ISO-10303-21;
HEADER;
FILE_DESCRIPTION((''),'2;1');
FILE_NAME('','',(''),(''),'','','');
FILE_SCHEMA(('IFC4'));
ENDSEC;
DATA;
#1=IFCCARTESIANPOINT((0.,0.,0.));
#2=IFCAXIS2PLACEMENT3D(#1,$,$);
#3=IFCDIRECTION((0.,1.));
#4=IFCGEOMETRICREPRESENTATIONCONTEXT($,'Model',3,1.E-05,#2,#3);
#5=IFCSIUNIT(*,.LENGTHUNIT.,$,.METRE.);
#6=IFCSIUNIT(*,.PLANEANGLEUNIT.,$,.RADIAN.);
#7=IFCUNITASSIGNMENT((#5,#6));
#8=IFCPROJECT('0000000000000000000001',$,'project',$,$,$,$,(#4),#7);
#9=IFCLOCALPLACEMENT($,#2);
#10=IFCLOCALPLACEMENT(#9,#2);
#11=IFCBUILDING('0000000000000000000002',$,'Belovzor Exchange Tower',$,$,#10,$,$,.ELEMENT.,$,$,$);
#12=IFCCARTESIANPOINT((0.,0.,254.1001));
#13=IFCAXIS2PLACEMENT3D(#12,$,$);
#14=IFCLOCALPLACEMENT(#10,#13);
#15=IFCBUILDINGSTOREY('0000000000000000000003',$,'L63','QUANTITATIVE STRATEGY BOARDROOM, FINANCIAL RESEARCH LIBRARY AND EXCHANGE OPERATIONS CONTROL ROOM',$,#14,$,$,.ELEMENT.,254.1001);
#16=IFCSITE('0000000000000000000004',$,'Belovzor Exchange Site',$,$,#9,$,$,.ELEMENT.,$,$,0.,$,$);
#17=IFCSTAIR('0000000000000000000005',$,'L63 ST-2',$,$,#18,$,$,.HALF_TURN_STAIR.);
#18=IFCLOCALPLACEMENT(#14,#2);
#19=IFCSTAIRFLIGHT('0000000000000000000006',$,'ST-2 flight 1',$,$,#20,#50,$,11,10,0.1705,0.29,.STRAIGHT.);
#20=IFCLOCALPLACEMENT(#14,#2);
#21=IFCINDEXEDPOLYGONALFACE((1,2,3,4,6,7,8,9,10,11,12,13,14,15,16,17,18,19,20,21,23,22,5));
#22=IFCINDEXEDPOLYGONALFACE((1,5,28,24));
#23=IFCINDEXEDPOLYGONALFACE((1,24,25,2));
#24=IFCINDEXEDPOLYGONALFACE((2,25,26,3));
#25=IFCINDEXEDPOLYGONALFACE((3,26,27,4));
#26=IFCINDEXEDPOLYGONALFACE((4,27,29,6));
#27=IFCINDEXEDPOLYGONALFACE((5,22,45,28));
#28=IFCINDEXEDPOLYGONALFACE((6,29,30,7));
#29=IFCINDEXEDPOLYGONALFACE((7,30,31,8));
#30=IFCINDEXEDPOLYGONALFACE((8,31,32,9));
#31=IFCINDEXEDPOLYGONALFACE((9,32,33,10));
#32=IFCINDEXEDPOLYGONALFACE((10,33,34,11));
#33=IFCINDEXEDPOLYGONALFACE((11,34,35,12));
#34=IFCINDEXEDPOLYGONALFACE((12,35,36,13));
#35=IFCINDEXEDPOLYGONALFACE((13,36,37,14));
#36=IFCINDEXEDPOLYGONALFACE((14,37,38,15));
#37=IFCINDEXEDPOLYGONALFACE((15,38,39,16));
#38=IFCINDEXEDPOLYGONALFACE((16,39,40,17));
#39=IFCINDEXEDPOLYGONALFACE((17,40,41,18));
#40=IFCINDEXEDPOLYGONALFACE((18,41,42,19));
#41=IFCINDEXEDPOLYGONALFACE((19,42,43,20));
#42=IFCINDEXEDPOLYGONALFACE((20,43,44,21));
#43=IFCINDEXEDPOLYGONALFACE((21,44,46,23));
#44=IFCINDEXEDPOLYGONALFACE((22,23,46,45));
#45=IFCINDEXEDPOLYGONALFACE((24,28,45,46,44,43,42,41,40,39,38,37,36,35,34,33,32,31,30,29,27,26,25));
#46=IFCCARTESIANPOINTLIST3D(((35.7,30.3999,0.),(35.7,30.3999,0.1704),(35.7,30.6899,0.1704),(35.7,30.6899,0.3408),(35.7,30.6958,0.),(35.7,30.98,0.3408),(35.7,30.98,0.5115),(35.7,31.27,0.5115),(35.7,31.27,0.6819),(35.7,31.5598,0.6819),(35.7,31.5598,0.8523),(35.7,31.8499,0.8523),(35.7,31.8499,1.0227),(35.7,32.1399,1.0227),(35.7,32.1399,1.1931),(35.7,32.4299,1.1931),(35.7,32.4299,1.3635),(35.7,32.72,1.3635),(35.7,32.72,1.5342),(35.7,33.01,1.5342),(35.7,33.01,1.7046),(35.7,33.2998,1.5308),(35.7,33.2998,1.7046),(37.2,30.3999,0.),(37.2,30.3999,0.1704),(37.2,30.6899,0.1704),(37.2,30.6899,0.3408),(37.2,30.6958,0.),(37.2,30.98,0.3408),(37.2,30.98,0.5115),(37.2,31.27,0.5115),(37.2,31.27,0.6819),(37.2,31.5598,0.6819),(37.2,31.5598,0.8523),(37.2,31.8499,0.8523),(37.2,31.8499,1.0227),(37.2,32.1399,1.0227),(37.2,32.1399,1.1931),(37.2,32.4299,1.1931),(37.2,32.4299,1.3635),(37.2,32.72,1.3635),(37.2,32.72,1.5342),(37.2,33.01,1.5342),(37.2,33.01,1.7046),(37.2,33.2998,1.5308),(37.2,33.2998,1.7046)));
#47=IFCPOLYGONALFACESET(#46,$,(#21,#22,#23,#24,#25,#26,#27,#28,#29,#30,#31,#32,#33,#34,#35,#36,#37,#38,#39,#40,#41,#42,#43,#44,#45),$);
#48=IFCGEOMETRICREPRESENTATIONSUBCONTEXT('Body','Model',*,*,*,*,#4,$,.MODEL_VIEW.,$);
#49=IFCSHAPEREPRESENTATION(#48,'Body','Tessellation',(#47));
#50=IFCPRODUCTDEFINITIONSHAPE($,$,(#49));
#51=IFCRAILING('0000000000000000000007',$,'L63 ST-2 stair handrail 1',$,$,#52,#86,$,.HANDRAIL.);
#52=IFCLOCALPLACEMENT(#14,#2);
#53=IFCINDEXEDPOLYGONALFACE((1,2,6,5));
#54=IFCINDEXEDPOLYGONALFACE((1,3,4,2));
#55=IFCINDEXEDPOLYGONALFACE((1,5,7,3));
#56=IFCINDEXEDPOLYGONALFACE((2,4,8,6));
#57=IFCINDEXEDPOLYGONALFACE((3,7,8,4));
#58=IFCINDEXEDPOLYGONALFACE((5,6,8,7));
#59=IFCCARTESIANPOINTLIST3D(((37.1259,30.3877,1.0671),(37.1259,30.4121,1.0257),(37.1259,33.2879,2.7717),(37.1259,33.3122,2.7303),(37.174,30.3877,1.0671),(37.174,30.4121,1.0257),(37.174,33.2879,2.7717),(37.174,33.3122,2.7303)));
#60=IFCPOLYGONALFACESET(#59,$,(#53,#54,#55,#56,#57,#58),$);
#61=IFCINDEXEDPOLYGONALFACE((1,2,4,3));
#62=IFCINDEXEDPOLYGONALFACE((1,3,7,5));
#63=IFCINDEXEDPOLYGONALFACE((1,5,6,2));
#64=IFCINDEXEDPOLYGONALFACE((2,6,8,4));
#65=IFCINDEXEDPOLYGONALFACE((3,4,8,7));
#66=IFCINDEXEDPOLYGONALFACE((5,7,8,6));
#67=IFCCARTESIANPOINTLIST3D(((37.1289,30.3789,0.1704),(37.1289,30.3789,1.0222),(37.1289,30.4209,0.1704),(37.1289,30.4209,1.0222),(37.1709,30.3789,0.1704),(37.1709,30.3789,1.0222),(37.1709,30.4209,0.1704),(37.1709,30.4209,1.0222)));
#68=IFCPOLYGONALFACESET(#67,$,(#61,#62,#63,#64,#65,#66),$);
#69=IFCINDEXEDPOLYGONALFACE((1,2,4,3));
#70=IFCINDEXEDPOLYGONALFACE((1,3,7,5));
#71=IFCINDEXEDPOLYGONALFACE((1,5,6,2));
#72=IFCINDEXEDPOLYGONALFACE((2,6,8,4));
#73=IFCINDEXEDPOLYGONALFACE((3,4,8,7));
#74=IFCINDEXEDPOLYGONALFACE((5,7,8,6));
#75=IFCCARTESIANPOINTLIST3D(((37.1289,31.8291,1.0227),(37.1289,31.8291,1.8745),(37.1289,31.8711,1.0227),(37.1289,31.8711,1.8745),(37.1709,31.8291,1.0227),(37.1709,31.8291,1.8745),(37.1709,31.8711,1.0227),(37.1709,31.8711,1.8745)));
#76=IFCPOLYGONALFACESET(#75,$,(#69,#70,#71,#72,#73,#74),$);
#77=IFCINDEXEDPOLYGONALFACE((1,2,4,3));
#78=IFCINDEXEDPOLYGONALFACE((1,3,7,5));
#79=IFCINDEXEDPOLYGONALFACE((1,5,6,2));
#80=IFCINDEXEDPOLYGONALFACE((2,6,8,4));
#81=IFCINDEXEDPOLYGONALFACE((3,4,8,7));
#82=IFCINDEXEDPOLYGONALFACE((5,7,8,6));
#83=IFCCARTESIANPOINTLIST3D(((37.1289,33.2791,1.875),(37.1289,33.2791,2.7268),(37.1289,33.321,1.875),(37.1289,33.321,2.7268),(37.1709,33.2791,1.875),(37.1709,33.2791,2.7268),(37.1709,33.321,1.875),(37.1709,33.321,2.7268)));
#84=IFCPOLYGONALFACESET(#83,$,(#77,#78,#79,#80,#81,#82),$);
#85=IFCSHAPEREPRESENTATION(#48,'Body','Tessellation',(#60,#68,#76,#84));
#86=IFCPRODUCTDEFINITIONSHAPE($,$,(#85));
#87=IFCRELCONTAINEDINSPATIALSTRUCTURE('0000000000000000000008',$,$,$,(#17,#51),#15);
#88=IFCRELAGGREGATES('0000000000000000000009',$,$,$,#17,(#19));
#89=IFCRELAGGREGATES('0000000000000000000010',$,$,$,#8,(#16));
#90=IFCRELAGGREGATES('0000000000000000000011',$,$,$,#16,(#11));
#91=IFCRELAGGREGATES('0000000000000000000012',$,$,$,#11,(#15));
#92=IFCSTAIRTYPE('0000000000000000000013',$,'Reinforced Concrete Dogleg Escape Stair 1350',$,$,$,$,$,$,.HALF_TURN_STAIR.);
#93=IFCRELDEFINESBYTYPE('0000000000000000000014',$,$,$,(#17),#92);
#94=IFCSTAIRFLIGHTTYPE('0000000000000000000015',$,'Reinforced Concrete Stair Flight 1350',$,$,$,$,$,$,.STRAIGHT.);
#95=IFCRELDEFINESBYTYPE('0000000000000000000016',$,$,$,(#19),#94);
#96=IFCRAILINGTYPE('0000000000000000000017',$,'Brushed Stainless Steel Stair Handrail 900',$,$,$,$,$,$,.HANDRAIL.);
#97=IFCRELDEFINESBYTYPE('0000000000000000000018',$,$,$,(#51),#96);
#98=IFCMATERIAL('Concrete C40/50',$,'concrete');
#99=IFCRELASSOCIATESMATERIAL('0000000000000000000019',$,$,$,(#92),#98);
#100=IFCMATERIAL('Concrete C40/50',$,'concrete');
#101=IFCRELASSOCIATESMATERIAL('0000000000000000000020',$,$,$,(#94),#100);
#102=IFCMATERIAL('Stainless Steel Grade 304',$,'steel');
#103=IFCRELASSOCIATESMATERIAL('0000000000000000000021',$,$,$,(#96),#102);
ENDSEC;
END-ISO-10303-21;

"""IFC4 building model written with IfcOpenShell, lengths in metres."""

from ifc_helpers import new_model, si_unit, direction, frame, origin, origin_2d, place, context, subcontext, project, spatial, polyline, rectangle, outline, extrude, material, type_object, element, aggregate, save


model = new_model("IFC4")

# Units and contexts
model_context = context("Model", 3, precision=1e-05, world=origin(), true_north=direction((0.0, 1.0)))
body_context = subcontext(model_context, "Body", "Model", "MODEL_VIEW")
ifc_project = project(units=[si_unit("LENGTHUNIT", "METRE"), si_unit("PLANEANGLEUNIT", "RADIAN")], contexts=[model_context])

# Site, building, storey
site_placement = place(None, origin())
site = spatial("IfcSite", under=ifc_project, at=site_placement, Name="Belovzor Exchange Site", CompositionType="ELEMENT", RefElevation=0.0)
building_placement = place(site_placement, origin())
building = spatial("IfcBuilding", under=site, at=building_placement, Name="Belovzor Exchange Tower", CompositionType="ELEMENT")
storey_placement = place(building_placement, frame((0.0, 0.0, 254.1001)))
storey = spatial("IfcBuildingStorey", under=building, at=storey_placement, Name="L63", Description="QUANTITATIVE STRATEGY BOARDROOM, FINANCIAL RESEARCH LIBRARY AND EXCHANGE OPERATIONS CONTROL ROOM", CompositionType="ELEMENT", Elevation=254.1001)

# Stair, stair flight
ifc_material_1 = material(Name="Concrete C40/50", Category="concrete")
stair_type = type_object("IfcStairType", Name="Reinforced Concrete Dogleg Escape Stair 1350", PredefinedType="HALF_TURN_STAIR", material=ifc_material_1)
stair_placement = place(storey_placement, origin())
stair = element("IfcStair", 1, at=stair_placement, inside=storey, type_object=stair_type, Name="L63 ST-2", PredefinedType="HALF_TURN_STAIR")
ifc_material_2 = material(Name="Concrete C40/50", Category="concrete")
stair_flight_type = type_object("IfcStairFlightType", Name="Reinforced Concrete Stair Flight 1350", PredefinedType="STRAIGHT", material=ifc_material_2)
stair_flight_placement = place(storey_placement, frame((36.45, 30.3999, 0.0), z_axis=(0.0, 0.0, 1.0), x_axis=(0.0, 1.0, 0.0)))
stair_flight = element("IfcStairFlight", 2, at=stair_flight_placement, type_object=stair_flight_type, Name="ST-2 flight 1", NumberOfRisers=11, NumberOfTreads=10, PredefinedType="STRAIGHT", RiserHeight=0.1705, TreadLength=0.29, context=body_context, shape_type="SweptSolid", body=[
    extrude(outline(polyline([(0.0, 0.0), (0.0, 0.1704), (0.29, 0.1704), (0.29, 0.3408), (0.5801, 0.3408), (0.5801, 0.5115), (0.8701, 0.5115), (0.8701, 0.6819), (1.1599, 0.6819), (1.1599, 0.8523), (1.45, 0.8523), (1.45, 1.0227), (1.74, 1.0227), (1.74, 1.1931), (2.03, 1.1931), (2.03, 1.3635), (2.3201, 1.3635), (2.3201, 1.5342), (2.6101, 1.5342), (2.6101, 1.7046), (2.8999, 1.7046), (2.8999, 1.875), (2.8999, 1.5308), (0.2959, 0.0), (0.0, 0.0)])), frame((0.0, 0.75, 0.0), z_axis=(0.0, -1.0, 0.0), x_axis=(1.0, 0.0, 0.0)), (0.0, 0.0, 1.0), 1.5),
])
aggregate(stair, [stair_flight])

# Railing
ifc_material_3 = material(Name="Stainless Steel Grade 304", Category="steel")
railing_type_1 = type_object("IfcRailingType", Name="Brushed Stainless Steel Stair Handrail 900", PredefinedType="HANDRAIL", material=ifc_material_3)
railing_1_placement = place(storey_placement, frame((37.1499, 30.3999, 0.1704)))
element("IfcRailing", 3, at=railing_1_placement, inside=storey, type_object=railing_type_1, Name="L63 ST-2 stair handrail 1", PredefinedType="HANDRAIL", context=body_context, shape_type="SweptSolid", body=[
    extrude(rectangle(XDim=0.0481, YDim=0.0481, at=origin_2d()), frame((0.0, 0.0, 0.876), z_axis=(0.0, 0.862113, 0.506716), x_axis=(-1.0, 0.0, 0.0)), (0.0, 0.0, 1.0), 3.364),
    extrude(rectangle(XDim=0.042, YDim=0.042, at=origin_2d()), origin(), (0.0, 0.0, 1.0), 0.8518),
    extrude(rectangle(XDim=0.042, YDim=0.042, at=origin_2d()), frame((0.0, 1.4502, 0.8523)), (0.0, 0.0, 1.0), 0.8518),
    extrude(rectangle(XDim=0.042, YDim=0.042, at=origin_2d()), frame((0.0, 2.9001, 1.7046)), (0.0, 0.0, 1.0), 0.8518),
])

save(model, "model.ifc")
